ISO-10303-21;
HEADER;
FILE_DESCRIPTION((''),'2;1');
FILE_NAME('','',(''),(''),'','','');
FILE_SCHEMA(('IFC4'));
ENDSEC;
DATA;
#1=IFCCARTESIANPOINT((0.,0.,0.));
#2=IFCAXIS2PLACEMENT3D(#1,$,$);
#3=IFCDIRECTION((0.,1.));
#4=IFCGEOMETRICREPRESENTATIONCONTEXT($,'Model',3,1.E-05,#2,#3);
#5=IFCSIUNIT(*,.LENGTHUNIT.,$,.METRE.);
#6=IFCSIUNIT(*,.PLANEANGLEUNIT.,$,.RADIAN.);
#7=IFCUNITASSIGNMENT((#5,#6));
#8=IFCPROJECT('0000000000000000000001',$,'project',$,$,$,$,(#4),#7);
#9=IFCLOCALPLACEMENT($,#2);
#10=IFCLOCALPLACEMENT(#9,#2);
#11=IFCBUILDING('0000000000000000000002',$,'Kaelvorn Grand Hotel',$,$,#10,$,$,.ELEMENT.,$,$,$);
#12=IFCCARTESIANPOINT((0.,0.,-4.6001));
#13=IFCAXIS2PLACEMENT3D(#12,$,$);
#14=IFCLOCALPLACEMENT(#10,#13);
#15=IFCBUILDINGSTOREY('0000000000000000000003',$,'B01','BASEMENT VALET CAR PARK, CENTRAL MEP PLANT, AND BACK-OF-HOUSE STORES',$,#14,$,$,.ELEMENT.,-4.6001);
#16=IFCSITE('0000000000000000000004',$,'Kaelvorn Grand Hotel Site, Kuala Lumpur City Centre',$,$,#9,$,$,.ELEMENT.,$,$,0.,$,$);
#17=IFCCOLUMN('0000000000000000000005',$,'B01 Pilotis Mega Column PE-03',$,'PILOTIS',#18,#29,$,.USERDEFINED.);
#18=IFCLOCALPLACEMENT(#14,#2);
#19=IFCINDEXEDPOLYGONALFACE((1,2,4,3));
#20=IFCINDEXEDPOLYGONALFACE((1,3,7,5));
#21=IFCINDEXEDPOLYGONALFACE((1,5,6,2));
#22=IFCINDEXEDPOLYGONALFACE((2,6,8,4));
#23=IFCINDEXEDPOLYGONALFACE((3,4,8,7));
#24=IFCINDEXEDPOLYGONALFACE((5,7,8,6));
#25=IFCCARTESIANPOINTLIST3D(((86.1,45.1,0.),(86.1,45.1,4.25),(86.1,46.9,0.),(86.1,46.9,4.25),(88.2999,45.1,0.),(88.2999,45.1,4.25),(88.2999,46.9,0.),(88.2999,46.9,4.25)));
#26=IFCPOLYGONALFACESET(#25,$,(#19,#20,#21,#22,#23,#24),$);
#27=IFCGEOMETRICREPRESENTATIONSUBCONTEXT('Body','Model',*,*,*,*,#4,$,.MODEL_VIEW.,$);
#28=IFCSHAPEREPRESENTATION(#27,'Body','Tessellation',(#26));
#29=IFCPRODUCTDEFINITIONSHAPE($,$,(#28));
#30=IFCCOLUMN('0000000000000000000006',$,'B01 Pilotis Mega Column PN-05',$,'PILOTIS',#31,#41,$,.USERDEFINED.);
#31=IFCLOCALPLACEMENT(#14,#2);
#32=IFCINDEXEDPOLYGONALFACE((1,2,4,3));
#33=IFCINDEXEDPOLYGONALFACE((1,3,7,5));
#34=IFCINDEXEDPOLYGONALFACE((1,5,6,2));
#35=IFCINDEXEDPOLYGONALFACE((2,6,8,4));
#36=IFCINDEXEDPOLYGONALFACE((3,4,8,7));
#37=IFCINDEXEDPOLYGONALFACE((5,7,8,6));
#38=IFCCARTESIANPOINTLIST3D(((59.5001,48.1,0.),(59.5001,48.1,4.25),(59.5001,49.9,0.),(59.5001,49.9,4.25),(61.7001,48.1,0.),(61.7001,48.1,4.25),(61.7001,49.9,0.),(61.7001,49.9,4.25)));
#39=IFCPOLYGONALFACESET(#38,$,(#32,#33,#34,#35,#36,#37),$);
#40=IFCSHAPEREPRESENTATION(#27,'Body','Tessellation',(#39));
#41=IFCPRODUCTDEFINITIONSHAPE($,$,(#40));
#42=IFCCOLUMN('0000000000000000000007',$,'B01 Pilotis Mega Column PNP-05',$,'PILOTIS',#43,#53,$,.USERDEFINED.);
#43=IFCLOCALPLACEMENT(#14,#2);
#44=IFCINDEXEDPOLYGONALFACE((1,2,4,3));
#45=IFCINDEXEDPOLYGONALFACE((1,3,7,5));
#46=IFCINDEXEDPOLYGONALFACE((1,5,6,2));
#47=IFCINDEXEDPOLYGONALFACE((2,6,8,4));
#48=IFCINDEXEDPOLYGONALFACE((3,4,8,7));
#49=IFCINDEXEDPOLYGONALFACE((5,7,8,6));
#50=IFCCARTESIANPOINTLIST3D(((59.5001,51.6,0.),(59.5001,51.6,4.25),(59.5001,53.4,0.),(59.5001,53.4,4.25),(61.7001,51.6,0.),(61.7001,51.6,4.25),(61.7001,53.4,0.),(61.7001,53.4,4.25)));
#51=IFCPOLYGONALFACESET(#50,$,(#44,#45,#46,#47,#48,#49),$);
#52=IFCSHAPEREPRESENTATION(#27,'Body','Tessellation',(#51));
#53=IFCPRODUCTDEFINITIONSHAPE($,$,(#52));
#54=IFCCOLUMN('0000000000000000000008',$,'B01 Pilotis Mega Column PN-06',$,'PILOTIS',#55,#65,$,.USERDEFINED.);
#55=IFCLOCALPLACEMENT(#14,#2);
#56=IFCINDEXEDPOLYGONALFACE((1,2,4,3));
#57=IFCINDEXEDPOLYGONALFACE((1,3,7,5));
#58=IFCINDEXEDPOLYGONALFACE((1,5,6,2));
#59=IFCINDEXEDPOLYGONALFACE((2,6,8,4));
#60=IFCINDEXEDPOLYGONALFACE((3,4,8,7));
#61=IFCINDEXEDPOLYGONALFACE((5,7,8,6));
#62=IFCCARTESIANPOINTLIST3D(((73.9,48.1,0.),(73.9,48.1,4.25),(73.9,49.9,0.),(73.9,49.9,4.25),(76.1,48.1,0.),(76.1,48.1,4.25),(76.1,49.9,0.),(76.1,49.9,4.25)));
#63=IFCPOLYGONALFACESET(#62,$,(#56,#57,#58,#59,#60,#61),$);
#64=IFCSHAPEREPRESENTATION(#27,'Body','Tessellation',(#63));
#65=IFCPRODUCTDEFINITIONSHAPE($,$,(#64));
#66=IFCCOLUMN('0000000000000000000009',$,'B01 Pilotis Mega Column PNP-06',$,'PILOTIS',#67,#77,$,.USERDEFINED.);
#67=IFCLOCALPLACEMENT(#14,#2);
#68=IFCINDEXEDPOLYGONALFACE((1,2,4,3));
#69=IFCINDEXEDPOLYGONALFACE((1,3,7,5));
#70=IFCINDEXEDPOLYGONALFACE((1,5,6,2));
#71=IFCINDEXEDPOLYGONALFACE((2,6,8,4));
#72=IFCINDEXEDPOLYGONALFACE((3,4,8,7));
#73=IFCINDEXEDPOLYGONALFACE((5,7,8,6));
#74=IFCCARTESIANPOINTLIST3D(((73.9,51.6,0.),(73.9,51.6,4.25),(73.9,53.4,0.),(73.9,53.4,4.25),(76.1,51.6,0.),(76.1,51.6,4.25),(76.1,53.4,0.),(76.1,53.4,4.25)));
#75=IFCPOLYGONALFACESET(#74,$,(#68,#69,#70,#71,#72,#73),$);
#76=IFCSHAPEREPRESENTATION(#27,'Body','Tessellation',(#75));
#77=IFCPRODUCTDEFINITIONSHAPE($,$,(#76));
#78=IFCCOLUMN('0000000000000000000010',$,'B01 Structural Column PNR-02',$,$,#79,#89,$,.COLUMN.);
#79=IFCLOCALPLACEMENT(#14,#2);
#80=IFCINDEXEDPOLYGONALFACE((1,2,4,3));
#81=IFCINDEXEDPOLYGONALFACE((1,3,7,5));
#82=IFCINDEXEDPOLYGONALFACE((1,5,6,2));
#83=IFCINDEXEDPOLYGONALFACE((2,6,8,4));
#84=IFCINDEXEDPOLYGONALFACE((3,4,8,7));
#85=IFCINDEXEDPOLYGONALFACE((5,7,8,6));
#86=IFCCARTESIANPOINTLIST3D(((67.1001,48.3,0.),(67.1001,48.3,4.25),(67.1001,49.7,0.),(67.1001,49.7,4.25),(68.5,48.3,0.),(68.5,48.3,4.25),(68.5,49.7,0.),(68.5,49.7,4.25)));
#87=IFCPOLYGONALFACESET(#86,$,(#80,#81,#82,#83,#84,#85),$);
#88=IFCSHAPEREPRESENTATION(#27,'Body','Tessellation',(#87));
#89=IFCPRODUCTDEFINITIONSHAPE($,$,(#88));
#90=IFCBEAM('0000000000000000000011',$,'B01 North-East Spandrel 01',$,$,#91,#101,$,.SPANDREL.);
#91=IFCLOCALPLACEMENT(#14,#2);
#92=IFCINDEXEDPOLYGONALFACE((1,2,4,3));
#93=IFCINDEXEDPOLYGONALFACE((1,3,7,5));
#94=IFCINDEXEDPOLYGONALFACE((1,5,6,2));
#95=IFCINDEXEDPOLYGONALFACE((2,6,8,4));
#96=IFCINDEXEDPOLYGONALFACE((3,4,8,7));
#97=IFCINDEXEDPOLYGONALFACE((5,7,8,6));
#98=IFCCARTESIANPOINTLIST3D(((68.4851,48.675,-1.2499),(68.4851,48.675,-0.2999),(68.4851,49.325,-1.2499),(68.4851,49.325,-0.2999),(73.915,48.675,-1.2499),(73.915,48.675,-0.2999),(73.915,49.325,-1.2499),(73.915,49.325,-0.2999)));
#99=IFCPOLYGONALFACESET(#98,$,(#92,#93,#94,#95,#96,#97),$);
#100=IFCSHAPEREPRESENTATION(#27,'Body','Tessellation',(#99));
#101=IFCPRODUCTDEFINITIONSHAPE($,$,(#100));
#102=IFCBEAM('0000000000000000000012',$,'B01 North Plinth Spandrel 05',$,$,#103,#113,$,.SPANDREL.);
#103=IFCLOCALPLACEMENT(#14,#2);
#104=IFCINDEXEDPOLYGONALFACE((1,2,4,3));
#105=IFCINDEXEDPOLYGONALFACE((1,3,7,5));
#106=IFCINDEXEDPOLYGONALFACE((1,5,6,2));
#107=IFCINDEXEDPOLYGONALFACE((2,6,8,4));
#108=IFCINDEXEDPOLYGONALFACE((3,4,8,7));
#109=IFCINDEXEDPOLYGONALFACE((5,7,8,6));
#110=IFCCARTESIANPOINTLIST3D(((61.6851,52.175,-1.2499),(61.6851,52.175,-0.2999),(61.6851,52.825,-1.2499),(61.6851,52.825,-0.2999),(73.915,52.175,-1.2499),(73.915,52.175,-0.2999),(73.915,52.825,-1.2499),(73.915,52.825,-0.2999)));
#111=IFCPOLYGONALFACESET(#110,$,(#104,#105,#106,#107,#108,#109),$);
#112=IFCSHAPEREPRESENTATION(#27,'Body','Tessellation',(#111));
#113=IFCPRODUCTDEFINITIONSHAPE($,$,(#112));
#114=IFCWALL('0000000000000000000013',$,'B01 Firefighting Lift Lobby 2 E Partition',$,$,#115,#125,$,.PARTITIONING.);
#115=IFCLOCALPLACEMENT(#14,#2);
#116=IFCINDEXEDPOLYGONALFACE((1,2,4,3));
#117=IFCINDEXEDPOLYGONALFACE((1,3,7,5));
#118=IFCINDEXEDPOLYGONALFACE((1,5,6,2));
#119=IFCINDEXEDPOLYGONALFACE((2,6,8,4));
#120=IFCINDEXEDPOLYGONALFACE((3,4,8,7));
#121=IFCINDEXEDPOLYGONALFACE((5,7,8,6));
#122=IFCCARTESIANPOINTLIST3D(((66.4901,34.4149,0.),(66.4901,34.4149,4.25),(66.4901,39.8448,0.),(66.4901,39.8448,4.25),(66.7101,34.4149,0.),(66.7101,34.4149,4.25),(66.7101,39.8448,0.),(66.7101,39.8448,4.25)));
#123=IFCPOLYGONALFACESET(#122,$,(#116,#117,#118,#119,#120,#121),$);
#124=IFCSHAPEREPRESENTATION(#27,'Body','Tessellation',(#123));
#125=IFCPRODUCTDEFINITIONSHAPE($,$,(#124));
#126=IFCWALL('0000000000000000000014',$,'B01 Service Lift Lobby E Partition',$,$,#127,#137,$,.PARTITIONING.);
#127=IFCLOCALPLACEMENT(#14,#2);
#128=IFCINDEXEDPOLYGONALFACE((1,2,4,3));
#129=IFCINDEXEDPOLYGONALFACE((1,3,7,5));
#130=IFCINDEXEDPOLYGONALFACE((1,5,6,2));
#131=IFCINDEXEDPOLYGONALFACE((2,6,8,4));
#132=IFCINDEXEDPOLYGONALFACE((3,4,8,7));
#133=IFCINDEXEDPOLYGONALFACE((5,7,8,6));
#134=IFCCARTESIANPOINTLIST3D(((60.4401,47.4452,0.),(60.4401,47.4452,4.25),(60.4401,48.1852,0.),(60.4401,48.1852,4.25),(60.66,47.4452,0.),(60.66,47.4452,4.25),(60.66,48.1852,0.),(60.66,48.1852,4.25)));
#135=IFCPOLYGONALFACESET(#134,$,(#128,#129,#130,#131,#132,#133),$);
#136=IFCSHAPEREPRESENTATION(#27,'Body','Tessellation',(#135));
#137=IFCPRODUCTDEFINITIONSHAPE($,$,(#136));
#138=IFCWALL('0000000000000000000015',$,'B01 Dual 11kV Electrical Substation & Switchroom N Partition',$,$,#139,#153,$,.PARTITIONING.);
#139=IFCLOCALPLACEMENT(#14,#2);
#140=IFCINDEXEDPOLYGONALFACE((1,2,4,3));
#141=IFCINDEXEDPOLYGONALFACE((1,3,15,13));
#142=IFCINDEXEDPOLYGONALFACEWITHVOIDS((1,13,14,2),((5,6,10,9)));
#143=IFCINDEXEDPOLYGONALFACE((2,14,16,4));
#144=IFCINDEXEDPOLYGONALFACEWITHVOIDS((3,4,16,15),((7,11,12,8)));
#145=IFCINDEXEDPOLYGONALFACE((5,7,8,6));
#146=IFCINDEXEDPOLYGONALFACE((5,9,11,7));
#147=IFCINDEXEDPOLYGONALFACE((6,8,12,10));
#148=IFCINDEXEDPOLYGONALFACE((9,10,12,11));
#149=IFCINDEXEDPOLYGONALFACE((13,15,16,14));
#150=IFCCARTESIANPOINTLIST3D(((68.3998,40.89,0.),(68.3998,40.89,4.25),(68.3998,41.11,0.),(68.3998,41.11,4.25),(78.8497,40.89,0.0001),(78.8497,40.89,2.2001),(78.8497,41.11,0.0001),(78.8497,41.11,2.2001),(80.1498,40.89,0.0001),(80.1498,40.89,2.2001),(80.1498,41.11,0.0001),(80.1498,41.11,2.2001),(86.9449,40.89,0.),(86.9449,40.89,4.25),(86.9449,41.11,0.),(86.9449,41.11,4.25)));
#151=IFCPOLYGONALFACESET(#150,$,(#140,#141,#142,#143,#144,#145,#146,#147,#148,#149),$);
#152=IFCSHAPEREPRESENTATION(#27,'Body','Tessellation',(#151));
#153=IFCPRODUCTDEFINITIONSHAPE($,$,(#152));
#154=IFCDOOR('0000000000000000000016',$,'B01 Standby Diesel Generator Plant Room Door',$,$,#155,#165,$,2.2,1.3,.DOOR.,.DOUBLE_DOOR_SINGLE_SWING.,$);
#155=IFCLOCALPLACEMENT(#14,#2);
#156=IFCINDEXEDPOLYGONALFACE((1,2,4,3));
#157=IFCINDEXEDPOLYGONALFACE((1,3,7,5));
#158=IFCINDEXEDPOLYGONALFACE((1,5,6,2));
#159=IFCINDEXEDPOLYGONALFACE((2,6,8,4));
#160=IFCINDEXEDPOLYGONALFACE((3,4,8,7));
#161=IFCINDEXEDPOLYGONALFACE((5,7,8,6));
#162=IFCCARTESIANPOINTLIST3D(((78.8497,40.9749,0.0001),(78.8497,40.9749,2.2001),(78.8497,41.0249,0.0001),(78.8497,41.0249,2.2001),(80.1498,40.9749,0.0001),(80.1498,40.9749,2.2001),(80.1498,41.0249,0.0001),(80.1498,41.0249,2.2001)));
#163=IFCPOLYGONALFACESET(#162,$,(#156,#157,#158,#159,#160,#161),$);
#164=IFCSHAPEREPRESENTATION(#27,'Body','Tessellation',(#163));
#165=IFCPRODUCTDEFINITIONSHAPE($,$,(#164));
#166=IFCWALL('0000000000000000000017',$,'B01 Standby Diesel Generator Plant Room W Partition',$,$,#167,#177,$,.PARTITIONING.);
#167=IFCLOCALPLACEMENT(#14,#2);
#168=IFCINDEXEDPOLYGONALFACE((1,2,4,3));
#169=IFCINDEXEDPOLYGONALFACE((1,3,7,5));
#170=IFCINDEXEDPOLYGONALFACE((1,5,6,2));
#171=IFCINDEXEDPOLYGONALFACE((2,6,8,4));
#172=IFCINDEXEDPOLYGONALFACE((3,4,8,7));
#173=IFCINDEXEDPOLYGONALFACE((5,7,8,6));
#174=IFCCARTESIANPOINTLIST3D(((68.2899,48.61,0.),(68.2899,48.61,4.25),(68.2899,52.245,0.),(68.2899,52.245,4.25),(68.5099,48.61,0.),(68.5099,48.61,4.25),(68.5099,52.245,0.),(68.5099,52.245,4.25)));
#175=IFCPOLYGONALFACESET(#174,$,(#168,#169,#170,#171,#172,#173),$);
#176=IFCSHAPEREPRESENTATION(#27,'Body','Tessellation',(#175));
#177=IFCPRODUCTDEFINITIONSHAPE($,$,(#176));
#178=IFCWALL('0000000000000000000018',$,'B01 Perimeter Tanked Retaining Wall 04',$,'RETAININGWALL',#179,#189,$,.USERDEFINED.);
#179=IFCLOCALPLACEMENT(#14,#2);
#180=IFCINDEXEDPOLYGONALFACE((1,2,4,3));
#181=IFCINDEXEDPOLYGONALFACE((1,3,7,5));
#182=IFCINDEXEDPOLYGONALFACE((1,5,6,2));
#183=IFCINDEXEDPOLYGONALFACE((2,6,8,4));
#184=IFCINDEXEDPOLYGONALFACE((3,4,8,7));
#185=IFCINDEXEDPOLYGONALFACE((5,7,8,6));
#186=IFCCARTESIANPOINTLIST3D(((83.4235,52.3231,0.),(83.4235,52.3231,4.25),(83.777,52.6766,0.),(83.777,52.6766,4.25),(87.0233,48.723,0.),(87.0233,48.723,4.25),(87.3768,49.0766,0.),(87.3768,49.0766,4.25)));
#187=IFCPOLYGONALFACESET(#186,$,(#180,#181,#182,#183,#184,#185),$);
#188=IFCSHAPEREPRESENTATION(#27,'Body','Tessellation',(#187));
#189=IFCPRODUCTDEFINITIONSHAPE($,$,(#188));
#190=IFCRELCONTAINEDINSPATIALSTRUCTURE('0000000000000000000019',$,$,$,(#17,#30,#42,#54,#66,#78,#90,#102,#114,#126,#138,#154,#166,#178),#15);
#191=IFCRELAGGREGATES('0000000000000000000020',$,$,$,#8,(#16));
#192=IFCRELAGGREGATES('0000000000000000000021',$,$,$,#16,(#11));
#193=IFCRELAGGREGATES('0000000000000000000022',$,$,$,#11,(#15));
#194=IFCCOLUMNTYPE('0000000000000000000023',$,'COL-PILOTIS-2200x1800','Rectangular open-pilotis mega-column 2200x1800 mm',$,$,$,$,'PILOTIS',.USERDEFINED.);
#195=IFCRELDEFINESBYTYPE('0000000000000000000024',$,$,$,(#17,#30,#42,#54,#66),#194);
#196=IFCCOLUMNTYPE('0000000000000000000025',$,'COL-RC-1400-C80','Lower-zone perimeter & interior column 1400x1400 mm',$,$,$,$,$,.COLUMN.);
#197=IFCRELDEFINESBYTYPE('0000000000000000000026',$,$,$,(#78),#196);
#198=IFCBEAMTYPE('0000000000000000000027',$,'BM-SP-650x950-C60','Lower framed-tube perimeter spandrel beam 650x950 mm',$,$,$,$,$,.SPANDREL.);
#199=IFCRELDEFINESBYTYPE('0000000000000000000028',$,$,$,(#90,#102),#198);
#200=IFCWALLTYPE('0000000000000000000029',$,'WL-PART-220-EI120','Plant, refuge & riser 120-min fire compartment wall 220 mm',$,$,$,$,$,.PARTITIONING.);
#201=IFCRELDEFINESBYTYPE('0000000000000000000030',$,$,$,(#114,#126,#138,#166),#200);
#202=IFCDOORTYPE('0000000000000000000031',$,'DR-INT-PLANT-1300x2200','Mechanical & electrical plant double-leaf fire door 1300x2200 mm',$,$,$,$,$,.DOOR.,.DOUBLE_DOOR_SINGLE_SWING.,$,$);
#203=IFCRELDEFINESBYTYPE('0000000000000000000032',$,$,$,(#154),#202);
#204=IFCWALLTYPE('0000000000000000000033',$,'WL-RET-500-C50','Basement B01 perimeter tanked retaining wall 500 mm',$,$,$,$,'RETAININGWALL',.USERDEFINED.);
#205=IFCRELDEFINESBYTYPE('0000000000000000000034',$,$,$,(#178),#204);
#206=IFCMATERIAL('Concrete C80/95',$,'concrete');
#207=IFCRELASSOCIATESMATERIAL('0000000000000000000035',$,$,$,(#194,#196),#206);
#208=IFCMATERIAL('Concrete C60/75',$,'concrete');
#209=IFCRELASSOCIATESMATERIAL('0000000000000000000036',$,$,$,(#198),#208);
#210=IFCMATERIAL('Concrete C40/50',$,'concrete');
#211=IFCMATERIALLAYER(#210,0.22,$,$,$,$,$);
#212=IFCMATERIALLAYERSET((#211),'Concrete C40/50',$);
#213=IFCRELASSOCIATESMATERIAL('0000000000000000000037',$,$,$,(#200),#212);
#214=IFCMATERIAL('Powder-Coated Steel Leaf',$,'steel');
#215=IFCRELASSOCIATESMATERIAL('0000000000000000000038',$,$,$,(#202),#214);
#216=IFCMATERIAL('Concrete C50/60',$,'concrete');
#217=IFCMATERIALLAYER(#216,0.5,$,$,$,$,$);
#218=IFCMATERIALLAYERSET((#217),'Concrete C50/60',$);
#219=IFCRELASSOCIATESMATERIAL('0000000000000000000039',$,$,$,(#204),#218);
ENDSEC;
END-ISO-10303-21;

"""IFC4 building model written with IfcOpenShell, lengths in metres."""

from ifc_helpers import new_model, si_unit, direction, frame, frame_2d, origin, origin_2d, place, context, subcontext, project, spatial, rectangle, extrude, material, layer, layer_set, material_profile, profile_set, type_object, element, fill, save


model = new_model("IFC4")

# Units and contexts
model_context = context("Model", 3, precision=1e-05, world=origin(), true_north=direction((0.0, 1.0)))
body_context = subcontext(model_context, "Body", "Model", "MODEL_VIEW")
ifc_project = project(units=[si_unit("LENGTHUNIT", "METRE"), si_unit("PLANEANGLEUNIT", "RADIAN")], contexts=[model_context])

# Site, building, storey
site_placement = place(None, origin())
site = spatial("IfcSite", under=ifc_project, at=site_placement, Name="Kaelvorn Grand Hotel Site, Kuala Lumpur City Centre", CompositionType="ELEMENT", RefElevation=0.0)
building_placement = place(site_placement, origin())
building = spatial("IfcBuilding", under=site, at=building_placement, Name="Kaelvorn Grand Hotel", CompositionType="ELEMENT")
storey_placement = place(building_placement, frame((0.0, 0.0, -4.6001)))
storey = spatial("IfcBuildingStorey", under=building, at=storey_placement, Name="B01", Description="BASEMENT VALET CAR PARK, CENTRAL MEP PLANT, AND BACK-OF-HOUSE STORES", CompositionType="ELEMENT", Elevation=-4.6001)

# Columns
ifc_material_1 = material(Name="Concrete C80/95", Category="concrete")
ifc_material_profile_1 = material_profile(ifc_material_1, rectangle(XDim=2.2, YDim=1.8, at=origin_2d()), Name="PILOTIS 2200x1800")
ifc_profile_set_1 = profile_set([ifc_material_profile_1], Name="Concrete C80/95")
column_type_1 = type_object("IfcColumnType", Name="COL-PILOTIS-2200x1800", Description="Rectangular open-pilotis mega-column 2200x1800 mm", ElementType="PILOTIS", PredefinedType="USERDEFINED", material=ifc_profile_set_1)
for number, where, z_axis, x_axis, name in (
    (1, (87.2, 46.0, 0.0), (0.0, 0.0, 1.0), (1.0, 0.0, 0.0), "B01 Pilotis Mega Column PE-03"),
    (2, (60.6001, 49.0, 0.0), (0.0, 0.0, 1.0), (1.0, 0.0, 0.0), "B01 Pilotis Mega Column PN-05"),
    (3, (60.6001, 52.5, 0.0), (0.0, 0.0, 1.0), (1.0, 0.0, 0.0), "B01 Pilotis Mega Column PNP-05"),
    (4, (75.0, 49.0, 0.0), (0.0, 0.0, 1.0), (1.0, 0.0, 0.0), "B01 Pilotis Mega Column PN-06"),
    (5, (75.0, 52.5, 0.0), (0.0, 0.0, 1.0), (1.0, 0.0, 0.0), "B01 Pilotis Mega Column PNP-06"),
):
    element("IfcColumn", number, at=place(storey_placement, frame(where, z_axis=z_axis, x_axis=x_axis)), inside=storey, type_object=column_type_1, Name=name, ObjectType="PILOTIS", PredefinedType="USERDEFINED", context=body_context, shape_type="SweptSolid", body=[
        extrude(rectangle(XDim=2.2, YDim=1.8, at=origin_2d()), origin(), (0.0, 0.0, 1.0), 4.25),
    ])
ifc_material_profile_2 = material_profile(ifc_material_1, rectangle(XDim=1.3999, YDim=1.3999, at=origin_2d()), Name="RC COL 1400x1400")
ifc_profile_set_2 = profile_set([ifc_material_profile_2], Name="Concrete C80/95")
column_type_2 = type_object("IfcColumnType", Name="COL-RC-1400-C80", Description="Lower-zone perimeter & interior column 1400x1400 mm", PredefinedType="COLUMN", material=ifc_profile_set_2)
column_placement = place(storey_placement, frame((67.8, 49.0, 0.0), z_axis=(0.0, 0.0, 1.0), x_axis=(1.0, 0.0, 0.0)))
element("IfcColumn", 6, at=column_placement, inside=storey, type_object=column_type_2, Name="B01 Structural Column PNR-02", PredefinedType="COLUMN", context=body_context, shape_type="SweptSolid", body=[
    extrude(rectangle(XDim=1.3999, YDim=1.3999, at=origin_2d()), origin(), (0.0, 0.0, 1.0), 4.25),
])

# Beams
ifc_material_2 = material(Name="Concrete C60/75", Category="concrete")
ifc_material_profile_3 = material_profile(ifc_material_2, rectangle(XDim=0.6499, YDim=0.95, at=origin_2d()), Name="RC SPANDREL 650x950")
ifc_profile_set_3 = profile_set([ifc_material_profile_3], Name="Concrete C60/75")
beam_type = type_object("IfcBeamType", Name="BM-SP-650x950-C60", Description="Lower framed-tube perimeter spandrel beam 650x950 mm", PredefinedType="SPANDREL", material=ifc_profile_set_3)
beam_1_placement = place(storey_placement, frame((68.4851, 49.0, -0.7749), z_axis=(1.0, 0.0, 0.0), x_axis=(0.0, 1.0, 0.0)))
element("IfcBeam", 7, at=beam_1_placement, inside=storey, type_object=beam_type, Name="B01 North-East Spandrel 01", PredefinedType="SPANDREL", context=body_context, shape_type="SweptSolid", body=[
    extrude(rectangle(XDim=0.6499, YDim=0.95, at=origin_2d()), origin(), (0.0, 0.0, 1.0), 5.4299),
])
beam_2_placement = place(storey_placement, frame((61.6851, 52.5, -0.7749), z_axis=(1.0, 0.0, 0.0), x_axis=(0.0, 1.0, 0.0)))
element("IfcBeam", 8, at=beam_2_placement, inside=storey, type_object=beam_type, Name="B01 North Plinth Spandrel 05", PredefinedType="SPANDREL", context=body_context, shape_type="SweptSolid", body=[
    extrude(rectangle(XDim=0.6499, YDim=0.95, at=origin_2d()), origin(), (0.0, 0.0, 1.0), 12.23),
])

# Walls
ifc_material_3 = material(Name="Concrete C40/50", Category="concrete")
ifc_layer_1 = layer(ifc_material_3, 0.22)
ifc_layer_set_1 = layer_set([ifc_layer_1], Name="Concrete C40/50")
wall_type_1 = type_object("IfcWallType", Name="WL-PART-220-EI120", Description="Plant, refuge & riser 120-min fire compartment wall 220 mm", PredefinedType="PARTITIONING", material=ifc_layer_set_1)
wall_1_placement = place(storey_placement, frame((66.6001, 34.415, 0.0), z_axis=(0.0, 0.0, 1.0), x_axis=(0.0, 1.0, 0.0)))
element("IfcWall", 9, at=wall_1_placement, inside=storey, type_object=wall_type_1, Name="B01 Firefighting Lift Lobby 2 E Partition", PredefinedType="PARTITIONING", context=body_context, shape_type="SweptSolid", body=[
    extrude(rectangle(XDim=5.4299, YDim=0.22, at=frame_2d((2.7148, 0.0))), origin(), (0.0, 0.0, 1.0), 4.25),
])
wall_2_placement = place(storey_placement, frame((60.55, 47.4451, 0.0), z_axis=(0.0, 0.0, 1.0), x_axis=(0.0, 1.0, 0.0)))
element("IfcWall", 10, at=wall_2_placement, inside=storey, type_object=wall_type_1, Name="B01 Service Lift Lobby E Partition", PredefinedType="PARTITIONING", context=body_context, shape_type="SweptSolid", body=[
    extrude(rectangle(XDim=0.74, YDim=0.22, at=frame_2d((0.3701, 0.0))), origin(), (0.0, 0.0, 1.0), 4.25),
])

# Wall, opening, door
wall_3_placement = place(storey_placement, frame((68.3999, 41.0, 0.0), z_axis=(0.0, 0.0, 1.0), x_axis=(1.0, 0.0, 0.0)))
wall_3 = element("IfcWall", 11, at=wall_3_placement, inside=storey, type_object=wall_type_1, Name="B01 Dual 11kV Electrical Substation & Switchroom N Partition", PredefinedType="PARTITIONING", context=body_context, shape_type="SweptSolid", body=[
    extrude(rectangle(XDim=18.5452, YDim=0.22, at=frame_2d((9.2725, 0.0))), origin(), (0.0, 0.0, 1.0), 4.25),
])
opening_1_placement = place(wall_3_placement, frame((10.45, 0.0, 0.0)))
opening_1 = element("IfcOpeningElement", 12, at=opening_1_placement, cuts=wall_3, PredefinedType="OPENING", context=body_context, shape_type="SweptSolid", body=[
    extrude(rectangle(XDim=1.3, YDim=2.2, at=frame_2d((0.6499, 1.1001))), frame((0.0, 0.1201, 0.0), z_axis=(0.0, -1.0, 0.0), x_axis=(1.0, 0.0, 0.0)), (0.0, 0.0, 1.0), 0.24),
])
ifc_material_4 = material(Name="Powder-Coated Steel Leaf", Category="steel")
door_type_1 = type_object("IfcDoorType", Name="DR-INT-PLANT-1300x2200", Description="Mechanical & electrical plant double-leaf fire door 1300x2200 mm", OperationType="DOUBLE_DOOR_SINGLE_SWING", PredefinedType="DOOR", material=ifc_material_4)
door_1_placement = place(opening_1_placement, origin())
door_1 = element("IfcDoor", 13, at=door_1_placement, inside=storey, type_object=door_type_1, Name="B01 Standby Diesel Generator Plant Room Door", OperationType="DOUBLE_DOOR_SINGLE_SWING", OverallHeight=2.2, OverallWidth=1.3, PredefinedType="DOOR", context=body_context, shape_type="SweptSolid", body=[
    extrude(rectangle(XDim=1.3, YDim=2.2, at=frame_2d((0.6499, 1.1001))), frame((0.0, 0.0249, 0.0), z_axis=(0.0, -1.0, 0.0), x_axis=(1.0, 0.0, 0.0)), (0.0, 0.0, 1.0), 0.05),
])
fill(opening_1, door_1)

# Walls
wall_4_placement = place(storey_placement, frame((68.3999, 48.6101, 0.0), z_axis=(0.0, 0.0, 1.0), x_axis=(0.0, 1.0, 0.0)))
element("IfcWall", 14, at=wall_4_placement, inside=storey, type_object=wall_type_1, Name="B01 Standby Diesel Generator Plant Room W Partition", PredefinedType="PARTITIONING", context=body_context, shape_type="SweptSolid", body=[
    extrude(rectangle(XDim=3.635, YDim=0.22, at=frame_2d((1.8174, 0.0))), origin(), (0.0, 0.0, 1.0), 4.25),
])
ifc_material_5 = material(Name="Concrete C50/60", Category="concrete")
ifc_layer_2 = layer(ifc_material_5, 0.5)
ifc_layer_set_2 = layer_set([ifc_layer_2], Name="Concrete C50/60")
wall_type_2 = type_object("IfcWallType", Name="WL-RET-500-C50", Description="Basement B01 perimeter tanked retaining wall 500 mm", ElementType="RETAININGWALL", PredefinedType="USERDEFINED", material=ifc_layer_set_2)
wall_5_placement = place(storey_placement, frame((87.2, 48.8999, 0.0), z_axis=(0.0, 0.0, 1.0), x_axis=(-0.707083, 0.707131, 0.0)))
element("IfcWall", 15, at=wall_5_placement, inside=storey, type_object=wall_type_2, Name="B01 Perimeter Tanked Retaining Wall 04", ObjectType="RETAININGWALL", PredefinedType="USERDEFINED", context=body_context, shape_type="SweptSolid", body=[
    extrude(rectangle(XDim=5.0911, YDim=0.5, at=frame_2d((2.5454, 0.0))), origin(), (0.0, 0.0, 1.0), 4.25),
])

save(model, "model.ifc")
